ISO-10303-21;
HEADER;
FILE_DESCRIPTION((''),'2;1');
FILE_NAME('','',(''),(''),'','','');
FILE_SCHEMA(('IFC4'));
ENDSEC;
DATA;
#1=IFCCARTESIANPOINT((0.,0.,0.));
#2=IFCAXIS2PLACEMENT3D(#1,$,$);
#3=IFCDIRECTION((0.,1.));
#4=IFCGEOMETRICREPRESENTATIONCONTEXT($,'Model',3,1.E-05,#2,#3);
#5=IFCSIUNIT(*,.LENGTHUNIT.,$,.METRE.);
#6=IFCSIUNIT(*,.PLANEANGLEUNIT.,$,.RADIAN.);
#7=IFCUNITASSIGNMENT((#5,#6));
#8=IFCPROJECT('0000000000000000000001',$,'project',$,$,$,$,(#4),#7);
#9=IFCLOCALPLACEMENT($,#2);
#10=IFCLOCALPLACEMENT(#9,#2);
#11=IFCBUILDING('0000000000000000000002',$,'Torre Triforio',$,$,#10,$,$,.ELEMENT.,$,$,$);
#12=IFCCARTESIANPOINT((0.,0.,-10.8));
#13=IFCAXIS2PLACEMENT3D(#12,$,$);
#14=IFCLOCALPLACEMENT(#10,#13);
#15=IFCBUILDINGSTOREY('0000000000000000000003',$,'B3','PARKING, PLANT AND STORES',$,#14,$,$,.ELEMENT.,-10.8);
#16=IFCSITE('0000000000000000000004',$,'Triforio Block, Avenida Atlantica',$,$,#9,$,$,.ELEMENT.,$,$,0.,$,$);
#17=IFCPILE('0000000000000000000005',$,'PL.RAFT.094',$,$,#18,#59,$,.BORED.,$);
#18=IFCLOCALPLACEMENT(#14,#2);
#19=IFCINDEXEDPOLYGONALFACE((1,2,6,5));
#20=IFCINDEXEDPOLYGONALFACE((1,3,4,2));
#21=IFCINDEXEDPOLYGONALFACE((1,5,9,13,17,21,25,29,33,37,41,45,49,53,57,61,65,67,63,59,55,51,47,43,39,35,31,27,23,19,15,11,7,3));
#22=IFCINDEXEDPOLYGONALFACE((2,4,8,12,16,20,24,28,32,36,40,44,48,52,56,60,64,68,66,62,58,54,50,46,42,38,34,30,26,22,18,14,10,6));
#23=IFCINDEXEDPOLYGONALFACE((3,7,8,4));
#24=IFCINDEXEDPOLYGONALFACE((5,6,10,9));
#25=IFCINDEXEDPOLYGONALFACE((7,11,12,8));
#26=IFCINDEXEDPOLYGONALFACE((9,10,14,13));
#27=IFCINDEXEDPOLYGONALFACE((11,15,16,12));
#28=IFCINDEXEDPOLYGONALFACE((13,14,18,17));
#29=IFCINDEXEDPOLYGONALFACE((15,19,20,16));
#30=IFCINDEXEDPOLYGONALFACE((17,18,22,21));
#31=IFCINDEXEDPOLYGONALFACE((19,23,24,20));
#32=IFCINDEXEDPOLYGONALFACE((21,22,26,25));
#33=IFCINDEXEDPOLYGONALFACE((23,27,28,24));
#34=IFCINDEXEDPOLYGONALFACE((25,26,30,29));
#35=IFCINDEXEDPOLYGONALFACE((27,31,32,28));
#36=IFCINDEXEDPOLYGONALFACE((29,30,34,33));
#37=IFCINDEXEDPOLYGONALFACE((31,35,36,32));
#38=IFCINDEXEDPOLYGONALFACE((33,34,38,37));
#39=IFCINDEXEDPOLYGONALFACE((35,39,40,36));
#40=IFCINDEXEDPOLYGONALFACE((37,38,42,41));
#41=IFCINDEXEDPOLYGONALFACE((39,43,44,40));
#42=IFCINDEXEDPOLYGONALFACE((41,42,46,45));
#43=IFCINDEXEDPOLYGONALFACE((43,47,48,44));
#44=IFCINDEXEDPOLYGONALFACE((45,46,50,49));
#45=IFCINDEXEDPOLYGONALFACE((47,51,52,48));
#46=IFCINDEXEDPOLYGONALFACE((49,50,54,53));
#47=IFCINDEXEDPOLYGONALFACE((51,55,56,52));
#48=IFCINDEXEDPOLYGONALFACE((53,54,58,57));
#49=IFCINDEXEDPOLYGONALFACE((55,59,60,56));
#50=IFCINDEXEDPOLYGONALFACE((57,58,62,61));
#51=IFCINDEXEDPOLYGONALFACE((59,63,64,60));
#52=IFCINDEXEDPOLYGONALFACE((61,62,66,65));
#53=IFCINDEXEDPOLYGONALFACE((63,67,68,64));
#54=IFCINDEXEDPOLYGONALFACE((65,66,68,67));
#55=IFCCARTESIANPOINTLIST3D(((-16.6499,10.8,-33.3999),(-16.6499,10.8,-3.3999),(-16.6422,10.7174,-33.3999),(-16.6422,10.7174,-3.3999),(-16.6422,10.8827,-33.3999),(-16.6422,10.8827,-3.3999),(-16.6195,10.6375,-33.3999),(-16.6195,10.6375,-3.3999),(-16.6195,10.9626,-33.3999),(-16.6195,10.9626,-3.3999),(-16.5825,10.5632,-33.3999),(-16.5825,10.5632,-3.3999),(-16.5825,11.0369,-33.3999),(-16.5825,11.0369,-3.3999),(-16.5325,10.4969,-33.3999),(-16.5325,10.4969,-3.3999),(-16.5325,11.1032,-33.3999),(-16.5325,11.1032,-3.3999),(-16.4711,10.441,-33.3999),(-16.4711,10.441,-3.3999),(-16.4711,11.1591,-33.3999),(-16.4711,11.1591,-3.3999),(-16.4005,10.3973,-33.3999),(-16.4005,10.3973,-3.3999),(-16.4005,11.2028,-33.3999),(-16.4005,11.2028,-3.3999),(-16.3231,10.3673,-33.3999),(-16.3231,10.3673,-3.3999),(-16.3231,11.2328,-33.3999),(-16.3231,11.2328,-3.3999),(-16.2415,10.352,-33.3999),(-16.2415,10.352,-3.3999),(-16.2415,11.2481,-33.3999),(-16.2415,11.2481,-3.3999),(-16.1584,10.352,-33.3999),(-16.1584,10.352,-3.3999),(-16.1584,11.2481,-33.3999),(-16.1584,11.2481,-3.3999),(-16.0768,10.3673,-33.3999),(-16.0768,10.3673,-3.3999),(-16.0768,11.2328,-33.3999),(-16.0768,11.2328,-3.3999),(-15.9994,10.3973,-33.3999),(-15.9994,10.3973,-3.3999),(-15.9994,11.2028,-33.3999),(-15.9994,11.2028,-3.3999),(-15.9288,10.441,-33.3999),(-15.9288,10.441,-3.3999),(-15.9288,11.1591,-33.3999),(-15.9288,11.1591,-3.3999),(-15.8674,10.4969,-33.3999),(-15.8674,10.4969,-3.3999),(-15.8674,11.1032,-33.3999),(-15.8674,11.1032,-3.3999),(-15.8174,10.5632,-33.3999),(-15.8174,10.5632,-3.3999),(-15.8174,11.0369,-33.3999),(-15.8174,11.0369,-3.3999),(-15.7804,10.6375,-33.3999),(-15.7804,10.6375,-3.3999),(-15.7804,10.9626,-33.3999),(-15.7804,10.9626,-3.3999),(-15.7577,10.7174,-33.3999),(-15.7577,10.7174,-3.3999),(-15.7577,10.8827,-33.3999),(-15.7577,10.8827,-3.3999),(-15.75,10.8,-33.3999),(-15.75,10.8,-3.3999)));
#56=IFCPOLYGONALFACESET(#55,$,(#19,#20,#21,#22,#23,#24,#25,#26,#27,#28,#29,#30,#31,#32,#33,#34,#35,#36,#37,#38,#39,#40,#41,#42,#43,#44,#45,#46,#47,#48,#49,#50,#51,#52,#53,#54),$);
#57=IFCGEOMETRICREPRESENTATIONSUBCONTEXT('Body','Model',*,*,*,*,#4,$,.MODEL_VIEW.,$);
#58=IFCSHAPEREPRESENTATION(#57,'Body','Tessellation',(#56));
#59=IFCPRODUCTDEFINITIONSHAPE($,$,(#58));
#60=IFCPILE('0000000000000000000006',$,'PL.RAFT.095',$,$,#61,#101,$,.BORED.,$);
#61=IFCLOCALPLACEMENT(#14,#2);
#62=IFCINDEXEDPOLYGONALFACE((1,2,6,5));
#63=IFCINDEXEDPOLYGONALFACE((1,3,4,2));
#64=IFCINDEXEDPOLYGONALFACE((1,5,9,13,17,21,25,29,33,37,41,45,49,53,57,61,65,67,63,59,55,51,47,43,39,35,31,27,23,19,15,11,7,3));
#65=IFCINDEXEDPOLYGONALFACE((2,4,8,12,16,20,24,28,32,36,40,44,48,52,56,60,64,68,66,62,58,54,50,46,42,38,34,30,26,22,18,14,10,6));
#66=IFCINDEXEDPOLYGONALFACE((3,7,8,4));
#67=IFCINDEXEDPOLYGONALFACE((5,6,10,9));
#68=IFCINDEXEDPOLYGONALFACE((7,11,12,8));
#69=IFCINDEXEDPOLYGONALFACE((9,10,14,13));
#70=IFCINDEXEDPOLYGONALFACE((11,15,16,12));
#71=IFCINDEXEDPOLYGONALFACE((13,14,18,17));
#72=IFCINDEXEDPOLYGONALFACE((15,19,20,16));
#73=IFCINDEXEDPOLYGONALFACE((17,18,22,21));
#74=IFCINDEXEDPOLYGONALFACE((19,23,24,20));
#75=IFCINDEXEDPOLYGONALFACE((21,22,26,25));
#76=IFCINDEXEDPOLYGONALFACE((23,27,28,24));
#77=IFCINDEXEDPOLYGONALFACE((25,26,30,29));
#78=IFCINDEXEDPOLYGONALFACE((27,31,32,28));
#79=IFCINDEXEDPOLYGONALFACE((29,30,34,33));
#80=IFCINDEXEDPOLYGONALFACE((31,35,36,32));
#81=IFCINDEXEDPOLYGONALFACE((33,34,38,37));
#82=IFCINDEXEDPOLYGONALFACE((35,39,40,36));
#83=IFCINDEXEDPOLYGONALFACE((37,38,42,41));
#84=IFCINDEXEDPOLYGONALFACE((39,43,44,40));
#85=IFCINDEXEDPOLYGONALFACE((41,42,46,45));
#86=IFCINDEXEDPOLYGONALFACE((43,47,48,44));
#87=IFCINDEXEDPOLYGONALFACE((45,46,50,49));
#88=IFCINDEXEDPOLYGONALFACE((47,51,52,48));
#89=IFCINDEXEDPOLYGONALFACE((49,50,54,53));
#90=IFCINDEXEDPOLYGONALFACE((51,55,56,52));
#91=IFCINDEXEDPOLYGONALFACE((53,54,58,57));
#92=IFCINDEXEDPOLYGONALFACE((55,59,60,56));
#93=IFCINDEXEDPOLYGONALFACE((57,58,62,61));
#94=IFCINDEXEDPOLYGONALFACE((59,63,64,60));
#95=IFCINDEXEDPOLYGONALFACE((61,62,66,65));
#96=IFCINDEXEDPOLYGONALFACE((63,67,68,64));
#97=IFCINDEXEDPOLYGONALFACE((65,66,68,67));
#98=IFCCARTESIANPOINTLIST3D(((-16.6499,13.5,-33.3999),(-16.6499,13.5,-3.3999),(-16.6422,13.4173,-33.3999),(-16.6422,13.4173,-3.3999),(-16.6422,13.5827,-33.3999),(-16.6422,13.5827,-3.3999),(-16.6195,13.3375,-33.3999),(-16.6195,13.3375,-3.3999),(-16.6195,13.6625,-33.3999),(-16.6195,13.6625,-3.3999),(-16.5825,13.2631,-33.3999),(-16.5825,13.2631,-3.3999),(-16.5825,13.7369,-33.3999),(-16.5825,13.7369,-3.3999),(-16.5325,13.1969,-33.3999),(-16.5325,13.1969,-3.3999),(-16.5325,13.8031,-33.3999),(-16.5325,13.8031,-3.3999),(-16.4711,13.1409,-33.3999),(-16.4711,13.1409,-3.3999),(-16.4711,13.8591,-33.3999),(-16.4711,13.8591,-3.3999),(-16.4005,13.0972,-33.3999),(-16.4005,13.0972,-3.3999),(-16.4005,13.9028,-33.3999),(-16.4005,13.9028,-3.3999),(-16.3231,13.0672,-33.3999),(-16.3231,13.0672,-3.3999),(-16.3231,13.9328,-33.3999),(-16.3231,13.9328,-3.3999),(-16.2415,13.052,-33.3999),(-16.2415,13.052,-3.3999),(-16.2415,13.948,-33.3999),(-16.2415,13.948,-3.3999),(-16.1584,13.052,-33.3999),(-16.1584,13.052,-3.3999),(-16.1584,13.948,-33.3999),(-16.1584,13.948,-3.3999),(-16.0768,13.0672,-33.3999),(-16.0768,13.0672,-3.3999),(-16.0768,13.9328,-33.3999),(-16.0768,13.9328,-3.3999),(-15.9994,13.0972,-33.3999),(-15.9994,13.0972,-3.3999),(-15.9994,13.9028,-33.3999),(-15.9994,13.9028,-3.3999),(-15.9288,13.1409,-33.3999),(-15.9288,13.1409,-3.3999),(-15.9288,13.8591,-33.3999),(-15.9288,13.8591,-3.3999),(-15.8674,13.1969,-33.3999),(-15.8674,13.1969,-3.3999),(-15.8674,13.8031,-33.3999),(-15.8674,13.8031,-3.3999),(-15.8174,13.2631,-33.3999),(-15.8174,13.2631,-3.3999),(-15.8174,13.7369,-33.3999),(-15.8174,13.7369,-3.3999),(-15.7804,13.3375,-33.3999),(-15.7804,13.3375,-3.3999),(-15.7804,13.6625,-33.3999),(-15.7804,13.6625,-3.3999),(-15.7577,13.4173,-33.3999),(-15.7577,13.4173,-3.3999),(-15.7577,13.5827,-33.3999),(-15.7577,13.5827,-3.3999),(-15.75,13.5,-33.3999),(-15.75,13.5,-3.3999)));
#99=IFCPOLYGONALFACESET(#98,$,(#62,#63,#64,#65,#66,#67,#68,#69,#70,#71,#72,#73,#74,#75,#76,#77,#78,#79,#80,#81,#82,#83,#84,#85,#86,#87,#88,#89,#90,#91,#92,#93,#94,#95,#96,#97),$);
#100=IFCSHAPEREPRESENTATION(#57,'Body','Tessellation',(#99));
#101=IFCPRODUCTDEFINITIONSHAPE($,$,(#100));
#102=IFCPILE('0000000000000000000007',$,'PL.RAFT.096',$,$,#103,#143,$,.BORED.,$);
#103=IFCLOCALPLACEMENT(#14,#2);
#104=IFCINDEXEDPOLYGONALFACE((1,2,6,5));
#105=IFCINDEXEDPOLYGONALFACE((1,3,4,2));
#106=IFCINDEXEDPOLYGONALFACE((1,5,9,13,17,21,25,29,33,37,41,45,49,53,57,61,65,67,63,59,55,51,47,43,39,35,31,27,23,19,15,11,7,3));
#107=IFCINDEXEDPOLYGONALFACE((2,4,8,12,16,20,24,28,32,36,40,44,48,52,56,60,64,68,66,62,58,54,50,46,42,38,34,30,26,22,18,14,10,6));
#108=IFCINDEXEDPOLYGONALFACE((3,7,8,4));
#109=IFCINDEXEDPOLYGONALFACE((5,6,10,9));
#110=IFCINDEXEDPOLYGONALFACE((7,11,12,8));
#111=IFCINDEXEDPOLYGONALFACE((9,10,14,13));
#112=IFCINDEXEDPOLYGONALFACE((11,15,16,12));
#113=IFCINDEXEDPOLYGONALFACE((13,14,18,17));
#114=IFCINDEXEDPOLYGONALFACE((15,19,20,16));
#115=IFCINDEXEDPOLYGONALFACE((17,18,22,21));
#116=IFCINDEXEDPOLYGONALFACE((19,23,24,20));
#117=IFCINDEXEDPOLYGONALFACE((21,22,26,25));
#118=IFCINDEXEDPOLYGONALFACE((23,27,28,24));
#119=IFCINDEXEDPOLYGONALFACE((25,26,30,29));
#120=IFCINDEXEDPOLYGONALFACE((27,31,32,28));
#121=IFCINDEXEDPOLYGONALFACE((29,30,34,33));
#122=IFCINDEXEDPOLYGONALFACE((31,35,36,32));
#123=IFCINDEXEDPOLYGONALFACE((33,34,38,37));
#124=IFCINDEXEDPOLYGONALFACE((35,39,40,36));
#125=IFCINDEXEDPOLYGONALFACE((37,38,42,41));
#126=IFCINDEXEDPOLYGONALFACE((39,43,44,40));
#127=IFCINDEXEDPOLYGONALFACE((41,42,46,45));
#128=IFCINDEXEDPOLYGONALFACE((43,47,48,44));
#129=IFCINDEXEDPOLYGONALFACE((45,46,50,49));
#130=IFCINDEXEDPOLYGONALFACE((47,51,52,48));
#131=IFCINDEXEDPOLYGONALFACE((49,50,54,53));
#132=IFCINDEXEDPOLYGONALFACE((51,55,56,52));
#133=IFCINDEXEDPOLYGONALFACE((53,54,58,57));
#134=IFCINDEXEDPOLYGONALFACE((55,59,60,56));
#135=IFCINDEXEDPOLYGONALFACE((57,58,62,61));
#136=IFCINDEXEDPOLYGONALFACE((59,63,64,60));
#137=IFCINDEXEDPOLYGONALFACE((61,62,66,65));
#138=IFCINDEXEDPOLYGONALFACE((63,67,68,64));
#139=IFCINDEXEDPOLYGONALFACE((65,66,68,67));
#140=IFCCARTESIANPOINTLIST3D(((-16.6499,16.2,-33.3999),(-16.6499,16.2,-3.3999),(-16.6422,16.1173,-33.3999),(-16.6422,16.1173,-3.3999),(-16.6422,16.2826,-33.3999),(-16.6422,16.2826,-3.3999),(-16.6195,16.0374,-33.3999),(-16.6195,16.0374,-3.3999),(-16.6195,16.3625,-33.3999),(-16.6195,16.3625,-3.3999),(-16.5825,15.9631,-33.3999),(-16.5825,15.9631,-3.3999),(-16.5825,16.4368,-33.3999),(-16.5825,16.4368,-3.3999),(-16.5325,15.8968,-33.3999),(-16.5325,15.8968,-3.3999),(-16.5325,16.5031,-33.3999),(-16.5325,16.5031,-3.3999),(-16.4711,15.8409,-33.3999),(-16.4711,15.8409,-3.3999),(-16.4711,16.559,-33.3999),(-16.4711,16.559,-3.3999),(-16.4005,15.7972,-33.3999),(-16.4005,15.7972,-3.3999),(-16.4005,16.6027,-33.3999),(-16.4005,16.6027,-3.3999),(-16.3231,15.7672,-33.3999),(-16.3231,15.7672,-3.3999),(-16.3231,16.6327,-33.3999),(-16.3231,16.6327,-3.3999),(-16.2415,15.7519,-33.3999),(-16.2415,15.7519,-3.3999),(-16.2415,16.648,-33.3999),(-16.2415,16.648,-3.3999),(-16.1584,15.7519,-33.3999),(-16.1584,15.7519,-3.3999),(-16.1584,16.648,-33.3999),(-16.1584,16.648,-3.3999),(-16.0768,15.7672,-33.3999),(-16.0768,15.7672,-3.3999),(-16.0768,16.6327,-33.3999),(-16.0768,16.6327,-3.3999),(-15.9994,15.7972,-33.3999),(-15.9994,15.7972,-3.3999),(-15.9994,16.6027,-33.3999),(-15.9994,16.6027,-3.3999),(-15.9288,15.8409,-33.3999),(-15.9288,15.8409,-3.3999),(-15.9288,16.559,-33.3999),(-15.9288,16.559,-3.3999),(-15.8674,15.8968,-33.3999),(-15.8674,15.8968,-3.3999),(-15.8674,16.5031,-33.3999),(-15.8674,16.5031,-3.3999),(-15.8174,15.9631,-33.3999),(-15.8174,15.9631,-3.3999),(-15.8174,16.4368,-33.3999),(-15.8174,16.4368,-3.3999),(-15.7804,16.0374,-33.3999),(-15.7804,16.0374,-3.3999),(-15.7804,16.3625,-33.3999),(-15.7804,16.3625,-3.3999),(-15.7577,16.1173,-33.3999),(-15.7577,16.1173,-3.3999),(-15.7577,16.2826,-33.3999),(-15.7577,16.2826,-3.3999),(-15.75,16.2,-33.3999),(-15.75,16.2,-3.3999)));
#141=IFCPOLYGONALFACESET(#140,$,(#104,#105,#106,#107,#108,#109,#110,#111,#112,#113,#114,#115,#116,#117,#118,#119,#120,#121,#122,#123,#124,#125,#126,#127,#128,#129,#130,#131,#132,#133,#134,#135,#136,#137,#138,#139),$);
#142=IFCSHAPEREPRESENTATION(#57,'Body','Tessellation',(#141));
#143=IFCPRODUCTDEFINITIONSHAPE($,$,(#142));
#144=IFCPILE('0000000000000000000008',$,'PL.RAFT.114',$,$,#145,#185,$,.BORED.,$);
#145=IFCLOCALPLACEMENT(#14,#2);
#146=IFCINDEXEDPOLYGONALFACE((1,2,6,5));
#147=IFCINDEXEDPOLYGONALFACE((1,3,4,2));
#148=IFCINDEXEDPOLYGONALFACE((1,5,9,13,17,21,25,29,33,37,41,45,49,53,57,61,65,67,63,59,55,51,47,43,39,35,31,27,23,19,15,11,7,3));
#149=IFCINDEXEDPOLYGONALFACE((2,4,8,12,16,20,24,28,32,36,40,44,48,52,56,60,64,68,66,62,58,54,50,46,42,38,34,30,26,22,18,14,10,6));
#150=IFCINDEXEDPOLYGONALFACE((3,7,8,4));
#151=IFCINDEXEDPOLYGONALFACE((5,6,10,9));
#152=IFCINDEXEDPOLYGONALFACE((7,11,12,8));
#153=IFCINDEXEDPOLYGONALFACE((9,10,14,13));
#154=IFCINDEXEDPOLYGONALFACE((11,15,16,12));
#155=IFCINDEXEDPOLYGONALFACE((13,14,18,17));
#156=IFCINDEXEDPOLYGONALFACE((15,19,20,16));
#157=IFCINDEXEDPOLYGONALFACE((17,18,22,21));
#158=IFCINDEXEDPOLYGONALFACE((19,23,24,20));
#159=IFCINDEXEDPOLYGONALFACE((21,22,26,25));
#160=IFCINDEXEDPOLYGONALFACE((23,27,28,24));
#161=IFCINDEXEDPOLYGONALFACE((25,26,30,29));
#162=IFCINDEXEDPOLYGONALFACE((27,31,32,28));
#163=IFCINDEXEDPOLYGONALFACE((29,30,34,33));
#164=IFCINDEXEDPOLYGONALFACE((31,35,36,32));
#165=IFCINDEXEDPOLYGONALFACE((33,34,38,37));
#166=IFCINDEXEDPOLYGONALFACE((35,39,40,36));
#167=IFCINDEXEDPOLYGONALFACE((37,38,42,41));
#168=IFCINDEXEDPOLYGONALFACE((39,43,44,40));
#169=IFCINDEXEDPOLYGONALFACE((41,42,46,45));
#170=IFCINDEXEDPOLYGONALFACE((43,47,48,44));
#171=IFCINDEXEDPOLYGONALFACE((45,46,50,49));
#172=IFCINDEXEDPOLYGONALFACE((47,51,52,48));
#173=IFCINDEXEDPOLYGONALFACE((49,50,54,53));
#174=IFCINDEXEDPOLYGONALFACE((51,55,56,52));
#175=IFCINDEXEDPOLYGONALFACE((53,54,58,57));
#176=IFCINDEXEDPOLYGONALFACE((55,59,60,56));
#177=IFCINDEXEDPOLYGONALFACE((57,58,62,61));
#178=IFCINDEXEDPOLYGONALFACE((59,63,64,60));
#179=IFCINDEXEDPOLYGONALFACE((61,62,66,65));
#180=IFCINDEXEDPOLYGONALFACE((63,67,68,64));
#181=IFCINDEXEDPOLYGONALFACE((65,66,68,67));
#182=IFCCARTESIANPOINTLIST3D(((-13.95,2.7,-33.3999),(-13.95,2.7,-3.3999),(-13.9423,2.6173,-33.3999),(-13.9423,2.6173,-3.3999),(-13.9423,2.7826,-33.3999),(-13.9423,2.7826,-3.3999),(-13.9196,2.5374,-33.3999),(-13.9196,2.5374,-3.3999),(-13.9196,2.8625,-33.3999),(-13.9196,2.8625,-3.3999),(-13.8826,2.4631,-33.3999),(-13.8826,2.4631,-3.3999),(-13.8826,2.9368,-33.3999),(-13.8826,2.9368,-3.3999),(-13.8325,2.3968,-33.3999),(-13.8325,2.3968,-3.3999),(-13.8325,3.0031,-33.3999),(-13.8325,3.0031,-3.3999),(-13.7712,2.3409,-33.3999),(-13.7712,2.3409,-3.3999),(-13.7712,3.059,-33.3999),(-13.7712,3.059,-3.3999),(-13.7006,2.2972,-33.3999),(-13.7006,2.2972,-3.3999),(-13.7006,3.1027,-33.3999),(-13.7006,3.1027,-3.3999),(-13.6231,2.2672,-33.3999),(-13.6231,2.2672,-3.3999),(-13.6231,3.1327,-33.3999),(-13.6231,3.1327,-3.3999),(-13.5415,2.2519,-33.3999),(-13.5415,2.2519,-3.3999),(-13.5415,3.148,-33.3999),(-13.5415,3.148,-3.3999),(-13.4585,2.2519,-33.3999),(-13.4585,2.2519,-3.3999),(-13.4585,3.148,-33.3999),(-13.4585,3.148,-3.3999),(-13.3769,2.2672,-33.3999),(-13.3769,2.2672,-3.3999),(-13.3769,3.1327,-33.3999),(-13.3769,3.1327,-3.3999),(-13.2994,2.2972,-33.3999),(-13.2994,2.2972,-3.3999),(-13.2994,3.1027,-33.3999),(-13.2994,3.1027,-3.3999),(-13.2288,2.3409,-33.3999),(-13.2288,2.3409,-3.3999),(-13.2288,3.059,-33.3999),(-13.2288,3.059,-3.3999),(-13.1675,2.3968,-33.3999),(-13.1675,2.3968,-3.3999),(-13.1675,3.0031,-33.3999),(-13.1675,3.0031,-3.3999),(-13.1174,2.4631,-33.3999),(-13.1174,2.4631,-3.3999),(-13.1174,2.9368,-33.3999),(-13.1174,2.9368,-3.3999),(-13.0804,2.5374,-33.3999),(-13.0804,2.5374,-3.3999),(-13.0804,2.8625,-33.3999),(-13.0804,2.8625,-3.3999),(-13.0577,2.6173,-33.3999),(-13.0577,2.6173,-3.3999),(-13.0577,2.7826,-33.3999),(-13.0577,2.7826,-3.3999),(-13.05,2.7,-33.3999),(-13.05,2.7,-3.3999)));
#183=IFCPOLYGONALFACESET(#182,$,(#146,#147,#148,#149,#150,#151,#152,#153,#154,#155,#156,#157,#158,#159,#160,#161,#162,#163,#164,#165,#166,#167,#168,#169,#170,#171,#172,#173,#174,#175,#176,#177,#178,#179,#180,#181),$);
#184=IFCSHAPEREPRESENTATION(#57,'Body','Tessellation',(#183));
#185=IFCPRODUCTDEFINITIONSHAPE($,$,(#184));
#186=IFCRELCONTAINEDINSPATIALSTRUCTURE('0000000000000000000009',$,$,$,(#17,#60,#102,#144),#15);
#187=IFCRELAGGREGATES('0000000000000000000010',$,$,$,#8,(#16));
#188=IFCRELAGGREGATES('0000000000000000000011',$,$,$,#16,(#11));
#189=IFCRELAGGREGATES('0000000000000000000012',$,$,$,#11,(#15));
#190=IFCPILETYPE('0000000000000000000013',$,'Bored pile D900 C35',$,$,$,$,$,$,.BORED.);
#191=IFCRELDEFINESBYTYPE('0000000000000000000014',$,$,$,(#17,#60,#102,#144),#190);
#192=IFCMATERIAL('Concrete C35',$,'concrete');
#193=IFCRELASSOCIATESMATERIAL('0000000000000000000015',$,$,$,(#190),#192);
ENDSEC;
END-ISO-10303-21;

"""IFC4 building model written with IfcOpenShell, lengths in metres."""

from ifc_helpers import new_model, si_unit, direction, frame, origin, origin_2d, place, context, subcontext, project, spatial, circle, extrude, material, material_profile, profile_set, type_object, element, save


model = new_model("IFC4")

# Units and contexts
model_context = context("Model", 3, precision=1e-05, world=origin(), true_north=direction((0.0, 1.0)))
body_context = subcontext(model_context, "Body", "Model", "MODEL_VIEW")
ifc_project = project(units=[si_unit("LENGTHUNIT", "METRE"), si_unit("PLANEANGLEUNIT", "RADIAN")], contexts=[model_context])

# Site, building, storey
site_placement = place(None, origin())
site = spatial("IfcSite", under=ifc_project, at=site_placement, Name="Triforio Block, Avenida Atlantica", CompositionType="ELEMENT", RefElevation=0.0)
building_placement = place(site_placement, origin())
building = spatial("IfcBuilding", under=site, at=building_placement, Name="Torre Triforio", CompositionType="ELEMENT")
storey_placement = place(building_placement, frame((0.0, 0.0, -10.8)))
storey = spatial("IfcBuildingStorey", under=building, at=storey_placement, Name="B3", Description="PARKING, PLANT AND STORES", CompositionType="ELEMENT", Elevation=-10.8)

# Piles
ifc_material_1 = material(Name="Concrete C35", Category="concrete")
ifc_material_profile_1 = material_profile(ifc_material_1, circle(Radius=0.45, at=origin_2d()), Name="RC D900")
ifc_profile_set_1 = profile_set([ifc_material_profile_1], Name="Concrete C35")
pile_type = type_object("IfcPileType", Name="Bored pile D900 C35", PredefinedType="BORED", material=ifc_profile_set_1)
for number, where, z_axis, x_axis, name in (
    (1, (-16.2, 10.8, -3.3999), (0.0, 0.0, -1.0), (1.0, 0.0, 0.0), "PL.RAFT.094"),
    (2, (-16.2, 13.5, -3.3999), (0.0, 0.0, -1.0), (1.0, 0.0, 0.0), "PL.RAFT.095"),
    (3, (-16.2, 16.2, -3.3999), (0.0, 0.0, -1.0), (1.0, 0.0, 0.0), "PL.RAFT.096"),
    (4, (-13.5, 2.7, -3.3999), (0.0, 0.0, -1.0), (1.0, 0.0, 0.0), "PL.RAFT.114"),
):
    element("IfcPile", number, at=place(storey_placement, frame(where, z_axis=z_axis, x_axis=x_axis)), inside=storey, type_object=pile_type, Name=name, PredefinedType="BORED", context=body_context, shape_type="SweptSolid", body=[
        extrude(circle(Radius=0.45, at=origin_2d()), origin(), (0.0, 0.0, 1.0), 30.0),
    ])

save(model, "model.ifc")
